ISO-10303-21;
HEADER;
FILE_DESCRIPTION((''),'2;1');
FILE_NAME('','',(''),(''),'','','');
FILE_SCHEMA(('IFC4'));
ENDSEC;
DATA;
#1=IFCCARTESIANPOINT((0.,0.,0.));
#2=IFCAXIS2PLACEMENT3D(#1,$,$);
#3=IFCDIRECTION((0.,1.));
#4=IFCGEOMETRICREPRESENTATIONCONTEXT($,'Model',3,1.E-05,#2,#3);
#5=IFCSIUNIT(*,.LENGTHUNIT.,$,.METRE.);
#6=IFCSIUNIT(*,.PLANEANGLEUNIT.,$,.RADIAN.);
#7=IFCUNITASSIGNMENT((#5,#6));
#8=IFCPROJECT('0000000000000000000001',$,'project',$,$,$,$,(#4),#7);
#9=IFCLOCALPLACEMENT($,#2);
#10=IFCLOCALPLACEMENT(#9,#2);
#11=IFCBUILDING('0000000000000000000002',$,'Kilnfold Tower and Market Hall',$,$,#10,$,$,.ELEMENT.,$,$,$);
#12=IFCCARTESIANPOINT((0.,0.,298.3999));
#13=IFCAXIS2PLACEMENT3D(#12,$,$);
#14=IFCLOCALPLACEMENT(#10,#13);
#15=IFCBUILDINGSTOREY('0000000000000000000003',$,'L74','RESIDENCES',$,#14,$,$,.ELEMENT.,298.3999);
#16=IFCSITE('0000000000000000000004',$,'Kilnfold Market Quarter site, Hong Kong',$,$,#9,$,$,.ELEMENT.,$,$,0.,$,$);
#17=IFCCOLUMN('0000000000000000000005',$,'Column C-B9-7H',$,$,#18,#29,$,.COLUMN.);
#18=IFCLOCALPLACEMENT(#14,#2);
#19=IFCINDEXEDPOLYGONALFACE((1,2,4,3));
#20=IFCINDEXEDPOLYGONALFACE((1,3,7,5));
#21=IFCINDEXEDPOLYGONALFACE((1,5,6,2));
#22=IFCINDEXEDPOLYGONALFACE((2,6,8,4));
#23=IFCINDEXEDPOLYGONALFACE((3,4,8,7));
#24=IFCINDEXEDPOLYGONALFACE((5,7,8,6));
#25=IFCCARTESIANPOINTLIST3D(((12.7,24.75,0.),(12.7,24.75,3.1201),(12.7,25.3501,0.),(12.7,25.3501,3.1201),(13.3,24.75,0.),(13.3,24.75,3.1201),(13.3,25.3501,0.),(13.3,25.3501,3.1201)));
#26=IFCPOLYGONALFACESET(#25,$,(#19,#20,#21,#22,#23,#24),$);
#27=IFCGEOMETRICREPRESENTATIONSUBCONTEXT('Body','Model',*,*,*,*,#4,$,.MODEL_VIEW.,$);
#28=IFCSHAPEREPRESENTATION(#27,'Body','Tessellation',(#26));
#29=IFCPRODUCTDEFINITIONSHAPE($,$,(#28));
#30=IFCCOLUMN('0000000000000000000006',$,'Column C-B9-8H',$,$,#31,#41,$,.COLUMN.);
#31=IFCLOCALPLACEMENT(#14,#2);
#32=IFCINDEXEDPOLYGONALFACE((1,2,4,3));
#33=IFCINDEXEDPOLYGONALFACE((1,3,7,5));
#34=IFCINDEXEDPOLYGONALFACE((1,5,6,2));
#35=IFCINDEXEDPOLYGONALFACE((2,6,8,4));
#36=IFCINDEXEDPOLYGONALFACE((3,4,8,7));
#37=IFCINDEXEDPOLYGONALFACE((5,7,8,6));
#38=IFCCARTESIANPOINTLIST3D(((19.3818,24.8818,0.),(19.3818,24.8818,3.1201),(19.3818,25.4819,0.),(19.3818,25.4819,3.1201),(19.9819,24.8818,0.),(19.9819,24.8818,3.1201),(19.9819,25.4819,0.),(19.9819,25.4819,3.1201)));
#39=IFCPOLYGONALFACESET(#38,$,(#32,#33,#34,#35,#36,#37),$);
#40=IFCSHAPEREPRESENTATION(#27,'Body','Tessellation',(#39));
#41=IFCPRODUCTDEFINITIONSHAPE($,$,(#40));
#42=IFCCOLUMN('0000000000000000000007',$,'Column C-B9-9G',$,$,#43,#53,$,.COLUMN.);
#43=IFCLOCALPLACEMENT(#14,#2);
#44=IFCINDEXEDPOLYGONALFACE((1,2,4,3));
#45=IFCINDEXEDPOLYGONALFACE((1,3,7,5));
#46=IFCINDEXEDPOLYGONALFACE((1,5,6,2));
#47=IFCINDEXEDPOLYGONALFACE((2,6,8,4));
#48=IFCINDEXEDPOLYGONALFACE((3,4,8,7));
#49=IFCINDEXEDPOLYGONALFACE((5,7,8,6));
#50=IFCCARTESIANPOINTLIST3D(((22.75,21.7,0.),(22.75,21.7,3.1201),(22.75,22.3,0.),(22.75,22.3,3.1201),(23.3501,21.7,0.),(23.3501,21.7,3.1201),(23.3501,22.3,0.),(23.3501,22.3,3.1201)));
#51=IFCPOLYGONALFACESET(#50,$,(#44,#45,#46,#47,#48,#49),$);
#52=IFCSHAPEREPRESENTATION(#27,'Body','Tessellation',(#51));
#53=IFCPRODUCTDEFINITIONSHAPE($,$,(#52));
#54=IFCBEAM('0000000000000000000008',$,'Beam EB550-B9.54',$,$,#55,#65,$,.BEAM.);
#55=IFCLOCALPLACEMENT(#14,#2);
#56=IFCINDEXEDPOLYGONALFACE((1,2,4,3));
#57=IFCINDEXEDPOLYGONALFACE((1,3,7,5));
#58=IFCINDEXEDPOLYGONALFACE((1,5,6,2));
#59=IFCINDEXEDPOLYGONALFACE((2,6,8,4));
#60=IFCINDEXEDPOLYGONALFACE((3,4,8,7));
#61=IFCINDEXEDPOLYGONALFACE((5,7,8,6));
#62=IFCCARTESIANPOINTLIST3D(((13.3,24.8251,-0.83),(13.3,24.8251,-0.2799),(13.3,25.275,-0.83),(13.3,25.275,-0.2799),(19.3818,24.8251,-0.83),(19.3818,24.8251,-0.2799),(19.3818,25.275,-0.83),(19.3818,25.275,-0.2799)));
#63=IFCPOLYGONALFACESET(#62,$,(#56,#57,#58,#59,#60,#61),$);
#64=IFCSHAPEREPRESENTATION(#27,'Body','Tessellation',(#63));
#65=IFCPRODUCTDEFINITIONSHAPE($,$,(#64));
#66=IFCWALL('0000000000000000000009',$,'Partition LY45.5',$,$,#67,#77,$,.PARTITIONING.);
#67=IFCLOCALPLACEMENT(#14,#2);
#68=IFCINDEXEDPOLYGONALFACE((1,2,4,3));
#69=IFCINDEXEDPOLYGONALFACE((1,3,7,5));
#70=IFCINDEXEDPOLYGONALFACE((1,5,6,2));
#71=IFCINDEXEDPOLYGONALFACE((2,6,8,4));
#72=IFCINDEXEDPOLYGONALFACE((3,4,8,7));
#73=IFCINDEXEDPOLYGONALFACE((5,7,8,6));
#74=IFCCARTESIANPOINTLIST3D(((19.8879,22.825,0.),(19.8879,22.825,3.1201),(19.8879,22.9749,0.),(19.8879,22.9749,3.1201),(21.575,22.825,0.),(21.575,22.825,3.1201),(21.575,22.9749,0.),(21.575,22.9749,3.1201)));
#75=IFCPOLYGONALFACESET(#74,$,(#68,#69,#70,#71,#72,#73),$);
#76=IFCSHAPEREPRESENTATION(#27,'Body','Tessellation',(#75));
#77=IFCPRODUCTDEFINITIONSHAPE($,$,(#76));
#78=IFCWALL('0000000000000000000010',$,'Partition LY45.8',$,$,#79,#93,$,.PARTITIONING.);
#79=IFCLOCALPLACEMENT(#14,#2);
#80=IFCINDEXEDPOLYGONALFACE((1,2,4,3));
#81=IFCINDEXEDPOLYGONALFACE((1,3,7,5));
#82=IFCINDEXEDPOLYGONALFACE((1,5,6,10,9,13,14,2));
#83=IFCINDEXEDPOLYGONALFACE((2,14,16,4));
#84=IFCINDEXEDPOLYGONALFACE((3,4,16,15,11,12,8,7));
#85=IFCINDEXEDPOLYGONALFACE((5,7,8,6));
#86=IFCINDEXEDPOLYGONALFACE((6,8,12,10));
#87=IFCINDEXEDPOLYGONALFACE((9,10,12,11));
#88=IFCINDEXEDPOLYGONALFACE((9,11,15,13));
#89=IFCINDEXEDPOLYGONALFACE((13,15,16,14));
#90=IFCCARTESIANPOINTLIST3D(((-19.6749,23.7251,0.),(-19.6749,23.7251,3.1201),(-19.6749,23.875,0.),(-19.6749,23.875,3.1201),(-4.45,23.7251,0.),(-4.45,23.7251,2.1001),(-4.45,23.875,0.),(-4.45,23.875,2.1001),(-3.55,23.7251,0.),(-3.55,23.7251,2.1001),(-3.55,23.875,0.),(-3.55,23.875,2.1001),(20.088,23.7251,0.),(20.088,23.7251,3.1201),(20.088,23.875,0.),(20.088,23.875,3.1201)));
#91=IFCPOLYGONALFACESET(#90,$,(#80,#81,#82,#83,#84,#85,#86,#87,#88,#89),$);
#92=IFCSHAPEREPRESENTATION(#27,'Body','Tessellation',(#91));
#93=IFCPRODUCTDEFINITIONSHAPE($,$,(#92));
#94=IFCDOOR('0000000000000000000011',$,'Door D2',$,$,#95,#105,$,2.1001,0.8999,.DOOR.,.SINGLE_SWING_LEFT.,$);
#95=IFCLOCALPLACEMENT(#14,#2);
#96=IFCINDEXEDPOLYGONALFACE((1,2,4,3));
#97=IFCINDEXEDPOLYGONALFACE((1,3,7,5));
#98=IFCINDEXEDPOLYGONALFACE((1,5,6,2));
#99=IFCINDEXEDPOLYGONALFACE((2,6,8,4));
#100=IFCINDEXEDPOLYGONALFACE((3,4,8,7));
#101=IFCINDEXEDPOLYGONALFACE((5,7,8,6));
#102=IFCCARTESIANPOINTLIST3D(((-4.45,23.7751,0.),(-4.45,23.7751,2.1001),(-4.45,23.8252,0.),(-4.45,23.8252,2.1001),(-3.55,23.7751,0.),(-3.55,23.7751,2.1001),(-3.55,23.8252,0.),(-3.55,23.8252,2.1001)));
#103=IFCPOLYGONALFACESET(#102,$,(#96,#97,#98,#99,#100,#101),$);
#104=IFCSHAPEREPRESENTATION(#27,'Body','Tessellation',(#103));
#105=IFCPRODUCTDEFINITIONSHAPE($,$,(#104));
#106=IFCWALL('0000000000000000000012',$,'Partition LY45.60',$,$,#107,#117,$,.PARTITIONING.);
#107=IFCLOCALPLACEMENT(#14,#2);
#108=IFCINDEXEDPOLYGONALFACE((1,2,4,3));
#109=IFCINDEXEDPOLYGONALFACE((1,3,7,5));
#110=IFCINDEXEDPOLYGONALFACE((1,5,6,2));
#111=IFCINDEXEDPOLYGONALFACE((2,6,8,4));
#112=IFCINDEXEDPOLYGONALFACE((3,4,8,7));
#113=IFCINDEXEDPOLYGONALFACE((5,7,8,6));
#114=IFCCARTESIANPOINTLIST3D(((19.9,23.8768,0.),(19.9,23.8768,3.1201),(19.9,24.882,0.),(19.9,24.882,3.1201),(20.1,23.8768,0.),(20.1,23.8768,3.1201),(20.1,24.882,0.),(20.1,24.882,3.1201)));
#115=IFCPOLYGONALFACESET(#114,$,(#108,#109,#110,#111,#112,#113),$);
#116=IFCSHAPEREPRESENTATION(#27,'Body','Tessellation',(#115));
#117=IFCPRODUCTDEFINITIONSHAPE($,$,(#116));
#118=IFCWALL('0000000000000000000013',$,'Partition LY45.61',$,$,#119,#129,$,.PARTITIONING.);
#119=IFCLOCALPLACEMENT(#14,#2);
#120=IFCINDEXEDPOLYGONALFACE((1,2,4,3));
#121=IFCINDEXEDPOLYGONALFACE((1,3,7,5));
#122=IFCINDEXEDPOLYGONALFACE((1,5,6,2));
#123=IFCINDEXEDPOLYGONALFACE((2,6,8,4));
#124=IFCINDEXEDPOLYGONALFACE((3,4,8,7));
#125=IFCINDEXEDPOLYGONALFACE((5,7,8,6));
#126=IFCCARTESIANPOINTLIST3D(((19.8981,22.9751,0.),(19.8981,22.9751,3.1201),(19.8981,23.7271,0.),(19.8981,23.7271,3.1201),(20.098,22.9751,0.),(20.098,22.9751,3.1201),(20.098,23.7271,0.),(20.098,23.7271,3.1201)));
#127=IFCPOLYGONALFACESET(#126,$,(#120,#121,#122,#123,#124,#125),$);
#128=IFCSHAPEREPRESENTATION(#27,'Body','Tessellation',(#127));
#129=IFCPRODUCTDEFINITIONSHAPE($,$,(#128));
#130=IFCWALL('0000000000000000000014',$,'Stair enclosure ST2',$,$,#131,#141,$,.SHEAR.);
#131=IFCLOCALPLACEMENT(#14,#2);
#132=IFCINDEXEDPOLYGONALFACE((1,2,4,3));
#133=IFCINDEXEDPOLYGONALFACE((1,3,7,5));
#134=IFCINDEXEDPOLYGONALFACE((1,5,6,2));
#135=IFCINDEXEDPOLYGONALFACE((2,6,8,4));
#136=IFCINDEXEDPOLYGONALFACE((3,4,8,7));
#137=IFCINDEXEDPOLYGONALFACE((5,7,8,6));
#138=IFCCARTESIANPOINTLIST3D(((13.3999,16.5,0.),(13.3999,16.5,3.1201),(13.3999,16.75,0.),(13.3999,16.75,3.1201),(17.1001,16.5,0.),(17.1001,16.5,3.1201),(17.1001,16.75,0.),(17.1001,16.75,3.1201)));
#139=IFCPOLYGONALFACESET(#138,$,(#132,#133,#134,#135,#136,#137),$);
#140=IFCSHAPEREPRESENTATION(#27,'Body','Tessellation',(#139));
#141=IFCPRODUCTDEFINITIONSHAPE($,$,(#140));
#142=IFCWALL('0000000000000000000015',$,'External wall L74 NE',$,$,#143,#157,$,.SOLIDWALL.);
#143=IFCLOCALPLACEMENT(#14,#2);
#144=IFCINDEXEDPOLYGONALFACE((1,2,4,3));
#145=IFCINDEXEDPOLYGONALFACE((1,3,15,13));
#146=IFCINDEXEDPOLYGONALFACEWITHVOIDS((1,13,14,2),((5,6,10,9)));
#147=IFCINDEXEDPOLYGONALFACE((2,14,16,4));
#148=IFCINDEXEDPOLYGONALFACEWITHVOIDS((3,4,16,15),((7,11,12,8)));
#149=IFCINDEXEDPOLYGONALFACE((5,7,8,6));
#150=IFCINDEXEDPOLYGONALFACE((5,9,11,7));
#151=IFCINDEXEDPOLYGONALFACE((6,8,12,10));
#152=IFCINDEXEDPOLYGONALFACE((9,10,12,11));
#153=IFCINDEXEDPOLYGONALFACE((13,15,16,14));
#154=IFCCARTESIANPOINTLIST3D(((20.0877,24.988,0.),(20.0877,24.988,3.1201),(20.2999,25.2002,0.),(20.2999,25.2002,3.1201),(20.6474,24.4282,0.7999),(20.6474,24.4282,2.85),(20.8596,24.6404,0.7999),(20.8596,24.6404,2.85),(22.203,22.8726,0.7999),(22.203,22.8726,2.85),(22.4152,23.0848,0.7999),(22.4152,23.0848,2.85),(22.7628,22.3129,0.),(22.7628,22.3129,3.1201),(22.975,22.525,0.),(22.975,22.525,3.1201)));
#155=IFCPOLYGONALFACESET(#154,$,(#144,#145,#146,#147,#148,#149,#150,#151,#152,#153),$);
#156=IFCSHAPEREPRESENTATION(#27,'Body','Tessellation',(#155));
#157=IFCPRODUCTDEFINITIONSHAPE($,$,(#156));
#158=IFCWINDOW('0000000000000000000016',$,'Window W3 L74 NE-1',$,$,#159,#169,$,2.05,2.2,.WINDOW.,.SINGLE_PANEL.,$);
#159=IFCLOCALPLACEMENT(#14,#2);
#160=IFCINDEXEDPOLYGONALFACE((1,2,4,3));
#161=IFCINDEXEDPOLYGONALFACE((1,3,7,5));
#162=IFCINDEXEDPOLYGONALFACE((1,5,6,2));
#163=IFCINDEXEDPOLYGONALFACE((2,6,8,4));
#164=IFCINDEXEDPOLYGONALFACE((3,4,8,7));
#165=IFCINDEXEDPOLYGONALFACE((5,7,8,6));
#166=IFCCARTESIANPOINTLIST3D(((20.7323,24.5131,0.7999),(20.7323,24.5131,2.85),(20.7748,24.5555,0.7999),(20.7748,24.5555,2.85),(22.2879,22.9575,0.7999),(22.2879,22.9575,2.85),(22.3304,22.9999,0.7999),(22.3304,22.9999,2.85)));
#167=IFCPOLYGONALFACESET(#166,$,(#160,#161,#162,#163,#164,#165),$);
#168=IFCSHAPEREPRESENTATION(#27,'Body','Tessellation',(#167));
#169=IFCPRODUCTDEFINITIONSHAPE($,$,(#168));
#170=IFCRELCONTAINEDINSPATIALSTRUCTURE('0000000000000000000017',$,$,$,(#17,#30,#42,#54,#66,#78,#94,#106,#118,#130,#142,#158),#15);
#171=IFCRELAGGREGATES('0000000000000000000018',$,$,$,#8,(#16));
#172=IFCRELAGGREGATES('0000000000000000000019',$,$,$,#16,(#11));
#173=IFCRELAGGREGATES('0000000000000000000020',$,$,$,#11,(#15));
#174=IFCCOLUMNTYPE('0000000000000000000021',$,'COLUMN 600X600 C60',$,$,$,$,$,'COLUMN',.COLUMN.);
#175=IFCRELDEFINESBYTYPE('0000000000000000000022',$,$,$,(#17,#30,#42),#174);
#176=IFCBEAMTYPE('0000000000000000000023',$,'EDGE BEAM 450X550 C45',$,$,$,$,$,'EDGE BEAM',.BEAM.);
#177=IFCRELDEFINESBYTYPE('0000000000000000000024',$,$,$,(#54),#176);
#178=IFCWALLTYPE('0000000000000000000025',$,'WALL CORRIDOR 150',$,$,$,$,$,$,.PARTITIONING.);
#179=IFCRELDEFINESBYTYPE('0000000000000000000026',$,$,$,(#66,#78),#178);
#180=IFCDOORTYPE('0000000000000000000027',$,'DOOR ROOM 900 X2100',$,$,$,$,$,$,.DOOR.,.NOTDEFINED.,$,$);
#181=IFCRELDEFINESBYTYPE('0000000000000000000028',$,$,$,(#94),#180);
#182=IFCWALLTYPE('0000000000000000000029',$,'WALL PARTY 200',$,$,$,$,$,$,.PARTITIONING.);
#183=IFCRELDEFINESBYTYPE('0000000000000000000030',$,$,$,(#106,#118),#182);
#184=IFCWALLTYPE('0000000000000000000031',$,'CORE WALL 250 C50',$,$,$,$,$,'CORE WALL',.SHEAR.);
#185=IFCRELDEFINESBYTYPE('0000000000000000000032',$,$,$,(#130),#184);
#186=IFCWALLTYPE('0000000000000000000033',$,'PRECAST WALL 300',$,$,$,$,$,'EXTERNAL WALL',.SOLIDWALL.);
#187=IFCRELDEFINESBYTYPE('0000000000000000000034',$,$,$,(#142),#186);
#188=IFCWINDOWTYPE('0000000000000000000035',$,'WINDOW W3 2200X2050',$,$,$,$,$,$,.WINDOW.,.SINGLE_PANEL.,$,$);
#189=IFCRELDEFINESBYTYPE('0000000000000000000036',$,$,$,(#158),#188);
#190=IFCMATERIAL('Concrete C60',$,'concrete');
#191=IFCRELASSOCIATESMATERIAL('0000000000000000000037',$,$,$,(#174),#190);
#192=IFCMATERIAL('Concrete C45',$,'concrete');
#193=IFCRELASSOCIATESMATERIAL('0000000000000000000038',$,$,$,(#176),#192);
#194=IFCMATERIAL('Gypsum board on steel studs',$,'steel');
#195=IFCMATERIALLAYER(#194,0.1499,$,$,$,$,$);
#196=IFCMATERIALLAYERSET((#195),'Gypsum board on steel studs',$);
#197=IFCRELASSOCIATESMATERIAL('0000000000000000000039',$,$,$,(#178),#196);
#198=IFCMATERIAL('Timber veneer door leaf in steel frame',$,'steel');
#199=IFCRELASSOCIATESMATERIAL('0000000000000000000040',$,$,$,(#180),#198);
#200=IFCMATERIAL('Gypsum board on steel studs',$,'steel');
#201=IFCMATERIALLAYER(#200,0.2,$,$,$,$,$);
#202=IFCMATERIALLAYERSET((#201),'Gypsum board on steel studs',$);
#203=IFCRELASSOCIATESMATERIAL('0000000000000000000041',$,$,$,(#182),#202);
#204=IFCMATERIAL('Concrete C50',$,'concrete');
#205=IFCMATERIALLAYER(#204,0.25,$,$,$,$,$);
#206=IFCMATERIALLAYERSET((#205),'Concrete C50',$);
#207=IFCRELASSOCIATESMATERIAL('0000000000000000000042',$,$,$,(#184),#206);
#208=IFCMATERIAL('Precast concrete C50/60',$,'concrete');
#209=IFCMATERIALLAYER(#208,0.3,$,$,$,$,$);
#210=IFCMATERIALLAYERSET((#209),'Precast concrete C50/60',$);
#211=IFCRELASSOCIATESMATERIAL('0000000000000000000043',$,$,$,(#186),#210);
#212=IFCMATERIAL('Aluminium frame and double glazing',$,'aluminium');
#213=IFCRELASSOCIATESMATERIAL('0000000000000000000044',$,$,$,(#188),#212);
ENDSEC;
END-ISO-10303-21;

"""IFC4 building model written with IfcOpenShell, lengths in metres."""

from ifc_helpers import new_model, si_unit, direction, frame, frame_2d, origin, origin_2d, place, context, subcontext, project, spatial, rectangle, extrude, source, transform, mapped, material, layer, layer_set, material_profile, profile_set, type_object, element, fill, save


model = new_model("IFC4")

# Units and contexts
model_context = context("Model", 3, precision=1e-05, world=origin(), true_north=direction((0.0, 1.0)))
body_context = subcontext(model_context, "Body", "Model", "MODEL_VIEW")
ifc_project = project(units=[si_unit("LENGTHUNIT", "METRE"), si_unit("PLANEANGLEUNIT", "RADIAN")], contexts=[model_context])

# Site, building, storey
site_placement = place(None, origin())
site = spatial("IfcSite", under=ifc_project, at=site_placement, Name="Kilnfold Market Quarter site, Hong Kong", CompositionType="ELEMENT", RefElevation=0.0)
building_placement = place(site_placement, origin())
building = spatial("IfcBuilding", under=site, at=building_placement, Name="Kilnfold Tower and Market Hall", CompositionType="ELEMENT")
storey_placement = place(building_placement, frame((0.0, 0.0, 298.3999)))
storey = spatial("IfcBuildingStorey", under=building, at=storey_placement, Name="L74", Description="RESIDENCES", CompositionType="ELEMENT", Elevation=298.3999)

# Columns
ifc_material_1 = material(Name="Concrete C60", Category="concrete")
ifc_material_profile_1 = material_profile(ifc_material_1, rectangle(XDim=0.6001, YDim=0.6001, at=origin_2d()), Name="RC 600x600")
ifc_profile_set_1 = profile_set([ifc_material_profile_1], Name="Concrete C60")
column_type = type_object("IfcColumnType", Name="COLUMN 600X600 C60", ElementType="COLUMN", PredefinedType="COLUMN", material=ifc_profile_set_1)
shared_shape_1 = source(origin(), body_context, "Body", "SweptSolid", [
    extrude(rectangle(XDim=0.6001, YDim=0.6001, at=origin_2d()), origin(), (0.0, 0.0, 1.0), 3.1201),
])
for number, where, z_axis, x_axis, name in (
    (1, (13.0, 25.05, 0.0), (0.0, 0.0, 1.0), (1.0, 0.0, 0.0), "Column C-B9-7H"),
    (2, (19.6819, 25.1819, 0.0), (0.0, 0.0, 1.0), (1.0, 0.0, 0.0), "Column C-B9-8H"),
    (3, (23.05, 22.0, 0.0), (0.0, 0.0, 1.0), (1.0, 0.0, 0.0), "Column C-B9-9G"),
):
    element("IfcColumn", number, at=place(storey_placement, frame(where, z_axis=z_axis, x_axis=x_axis)), inside=storey, type_object=column_type, Name=name, PredefinedType="COLUMN", context=body_context, shape_type="MappedRepresentation", body=[
        mapped(shared_shape_1, transform((0.0, 0.0, 0.0))),
    ])

# Beam
ifc_material_2 = material(Name="Concrete C45", Category="concrete")
ifc_material_profile_2 = material_profile(ifc_material_2, rectangle(XDim=0.45, YDim=0.55, at=origin_2d()), Name="RC 450x550")
ifc_profile_set_2 = profile_set([ifc_material_profile_2], Name="Concrete C45")
beam_type = type_object("IfcBeamType", Name="EDGE BEAM 450X550 C45", ElementType="EDGE BEAM", PredefinedType="BEAM", material=ifc_profile_set_2)
shared_shape_2 = source(origin(), body_context, "Body", "SweptSolid", [
    extrude(rectangle(XDim=0.45, YDim=0.55, at=origin_2d()), origin(), (0.0, 0.0, 1.0), 6.0818),
])
beam_placement = place(storey_placement, frame((13.3, 25.05, -0.5549), z_axis=(1.0, 0.0, 0.0), x_axis=(0.0, 1.0, 0.0)))
element("IfcBeam", 4, at=beam_placement, inside=storey, type_object=beam_type, Name="Beam EB550-B9.54", PredefinedType="BEAM", context=body_context, shape_type="MappedRepresentation", body=[
    mapped(shared_shape_2, transform((0.0, 0.0, 0.0))),
])

# Wall
ifc_material_3 = material(Name="Gypsum board on steel studs", Category="steel")
ifc_layer_1 = layer(ifc_material_3, 0.1499)
ifc_layer_set_1 = layer_set([ifc_layer_1], Name="Gypsum board on steel studs")
wall_type_1 = type_object("IfcWallType", Name="WALL CORRIDOR 150", PredefinedType="PARTITIONING", material=ifc_layer_set_1)
wall_1_placement = place(storey_placement, frame((21.575, 22.8999, 0.0), z_axis=(0.0, 0.0, 1.0), x_axis=(-1.0, 0.0, 0.0)))
element("IfcWall", 5, at=wall_1_placement, inside=storey, type_object=wall_type_1, Name="Partition LY45.5", PredefinedType="PARTITIONING", context=body_context, shape_type="SweptSolid", body=[
    extrude(rectangle(XDim=1.687, YDim=0.1499, at=frame_2d((0.8435, 0.0))), origin(), (0.0, 0.0, 1.0), 3.1201),
])

# Wall, opening, door
wall_2_placement = place(storey_placement, frame((20.0879, 23.8, 0.0), z_axis=(0.0, 0.0, 1.0), x_axis=(-1.0, 0.0, 0.0)))
wall_2 = element("IfcWall", 6, at=wall_2_placement, inside=storey, type_object=wall_type_1, Name="Partition LY45.8", PredefinedType="PARTITIONING", context=body_context, shape_type="SweptSolid", body=[
    extrude(rectangle(XDim=39.7629, YDim=0.1499, at=frame_2d((19.8813, 0.0))), origin(), (0.0, 0.0, 1.0), 3.1201),
])
opening_1_placement = place(wall_2_placement, frame((23.6379, 0.0, 0.0)))
opening_1 = element("IfcOpeningElement", 7, at=opening_1_placement, cuts=wall_2, PredefinedType="OPENING", context=body_context, shape_type="SweptSolid", body=[
    extrude(rectangle(XDim=0.8999, YDim=2.1001, at=frame_2d((0.45, 1.05))), frame((0.0, 0.085, 0.0), z_axis=(0.0, -1.0, 0.0), x_axis=(1.0, 0.0, 0.0)), (0.0, 0.0, 1.0), 0.1699),
])
ifc_material_4 = material(Name="Timber veneer door leaf in steel frame", Category="steel")
door_type = type_object("IfcDoorType", Name="DOOR ROOM 900 X2100", OperationType="NOTDEFINED", PredefinedType="DOOR", material=ifc_material_4)
door_placement = place(opening_1_placement, origin())
door = element("IfcDoor", 8, at=door_placement, inside=storey, type_object=door_type, Name="Door D2", OperationType="SINGLE_SWING_LEFT", OverallHeight=2.1001, OverallWidth=0.8999, PredefinedType="DOOR", context=body_context, shape_type="SweptSolid", body=[
    extrude(rectangle(XDim=0.8999, YDim=2.1001, at=frame_2d((0.45, 1.05))), frame((0.0, 0.0249, 0.0), z_axis=(0.0, -1.0, 0.0), x_axis=(1.0, 0.0, 0.0)), (0.0, 0.0, 1.0), 0.05),
])
fill(opening_1, door)

# Walls
ifc_material_5 = material(Name="Gypsum board on steel studs", Category="steel")
ifc_layer_2 = layer(ifc_material_5, 0.2)
ifc_layer_set_2 = layer_set([ifc_layer_2], Name="Gypsum board on steel studs")
wall_type_2 = type_object("IfcWallType", Name="WALL PARTY 200", PredefinedType="PARTITIONING", material=ifc_layer_set_2)
wall_3_placement = place(storey_placement, frame((20.0, 23.877, 0.0), z_axis=(0.0, 0.0, 1.0), x_axis=(0.0, 1.0, 0.0)))
element("IfcWall", 9, at=wall_3_placement, inside=storey, type_object=wall_type_2, Name="Partition LY45.60", PredefinedType="PARTITIONING", context=body_context, shape_type="SweptSolid", body=[
    extrude(rectangle(XDim=1.0051, YDim=0.2, at=frame_2d((0.5024, 0.0))), origin(), (0.0, 0.0, 1.0), 3.1201),
])
wall_4_placement = place(storey_placement, frame((19.998, 23.7271, 0.0), z_axis=(0.0, 0.0, 1.0), x_axis=(0.0, -1.0, 0.0)))
element("IfcWall", 10, at=wall_4_placement, inside=storey, type_object=wall_type_2, Name="Partition LY45.61", PredefinedType="PARTITIONING", context=body_context, shape_type="SweptSolid", body=[
    extrude(rectangle(XDim=0.752, YDim=0.2, at=frame_2d((0.376, 0.0))), origin(), (0.0, 0.0, 1.0), 3.1201),
])
ifc_material_6 = material(Name="Concrete C50", Category="concrete")
ifc_layer_3 = layer(ifc_material_6, 0.25)
ifc_layer_set_3 = layer_set([ifc_layer_3], Name="Concrete C50")
wall_type_3 = type_object("IfcWallType", Name="CORE WALL 250 C50", ElementType="CORE WALL", PredefinedType="SHEAR", material=ifc_layer_set_3)
shared_shape_3 = source(origin(), body_context, "Body", "SweptSolid", [
    extrude(rectangle(XDim=3.7002, YDim=0.25, at=frame_2d((1.8501, 0.0))), origin(), (0.0, 0.0, 1.0), 3.1201),
])
wall_5_placement = place(storey_placement, frame((13.3999, 16.625, 0.0), z_axis=(0.0, 0.0, 1.0), x_axis=(1.0, 0.0, 0.0)))
element("IfcWall", 11, at=wall_5_placement, inside=storey, type_object=wall_type_3, Name="Stair enclosure ST2", PredefinedType="SHEAR", context=body_context, shape_type="MappedRepresentation", body=[
    mapped(shared_shape_3, transform((0.0, 0.0, 0.0))),
])

# Wall, opening, window
ifc_material_7 = material(Name="Precast concrete C50/60", Category="concrete")
ifc_layer_4 = layer(ifc_material_7, 0.3)
ifc_layer_set_4 = layer_set([ifc_layer_4], Name="Precast concrete C50/60")
wall_type_4 = type_object("IfcWallType", Name="PRECAST WALL 300", ElementType="EXTERNAL WALL", PredefinedType="SOLIDWALL", material=ifc_layer_set_4)
shared_shape_4 = source(origin(), body_context, "Body", "SweptSolid", [
    extrude(rectangle(XDim=3.7832, YDim=0.3, at=frame_2d((1.8916, 0.0))), origin(), (0.0, 0.0, 1.0), 3.1201),
])
wall_6_placement = place(storey_placement, frame((22.8689, 22.4189, 0.0), z_axis=(0.0, 0.0, 1.0), x_axis=(-0.707107, 0.707107, 0.0)))
wall_6 = element("IfcWall", 12, at=wall_6_placement, inside=storey, type_object=wall_type_4, Name="External wall L74 NE", PredefinedType="SOLIDWALL", context=body_context, shape_type="MappedRepresentation", body=[
    mapped(shared_shape_4, transform((0.0, 0.0, 0.0))),
])
opening_2_placement = place(wall_6_placement, frame((0.7915, 0.0, 0.8)))
opening_2 = element("IfcOpeningElement", 13, at=opening_2_placement, cuts=wall_6, PredefinedType="OPENING", context=body_context, shape_type="SweptSolid", body=[
    extrude(rectangle(XDim=2.2, YDim=2.05, at=frame_2d((1.1001, 1.0249))), frame((0.0, 0.1602, 0.0), z_axis=(0.0, -1.0, 0.0), x_axis=(1.0, 0.0, 0.0)), (0.0, 0.0, 1.0), 0.3201),
])
ifc_material_8 = material(Name="Aluminium frame and double glazing", Category="aluminium")
window_type = type_object("IfcWindowType", Name="WINDOW W3 2200X2050", PartitioningType="SINGLE_PANEL", PredefinedType="WINDOW", material=ifc_material_8)
window_1_placement = place(opening_2_placement, origin())
window_1 = element("IfcWindow", 14, at=window_1_placement, inside=storey, type_object=window_type, Name="Window W3 L74 NE-1", OverallHeight=2.05, OverallWidth=2.2, PartitioningType="SINGLE_PANEL", PredefinedType="WINDOW", context=body_context, shape_type="SweptSolid", body=[
    extrude(rectangle(XDim=2.2, YDim=2.05, at=frame_2d((1.1001, 1.0249))), frame((0.0, 0.03, 0.0), z_axis=(0.0, -1.0, 0.0), x_axis=(1.0, 0.0, 0.0)), (0.0, 0.0, 1.0), 0.0601),
])
fill(opening_2, window_1)

save(model, "model.ifc")
